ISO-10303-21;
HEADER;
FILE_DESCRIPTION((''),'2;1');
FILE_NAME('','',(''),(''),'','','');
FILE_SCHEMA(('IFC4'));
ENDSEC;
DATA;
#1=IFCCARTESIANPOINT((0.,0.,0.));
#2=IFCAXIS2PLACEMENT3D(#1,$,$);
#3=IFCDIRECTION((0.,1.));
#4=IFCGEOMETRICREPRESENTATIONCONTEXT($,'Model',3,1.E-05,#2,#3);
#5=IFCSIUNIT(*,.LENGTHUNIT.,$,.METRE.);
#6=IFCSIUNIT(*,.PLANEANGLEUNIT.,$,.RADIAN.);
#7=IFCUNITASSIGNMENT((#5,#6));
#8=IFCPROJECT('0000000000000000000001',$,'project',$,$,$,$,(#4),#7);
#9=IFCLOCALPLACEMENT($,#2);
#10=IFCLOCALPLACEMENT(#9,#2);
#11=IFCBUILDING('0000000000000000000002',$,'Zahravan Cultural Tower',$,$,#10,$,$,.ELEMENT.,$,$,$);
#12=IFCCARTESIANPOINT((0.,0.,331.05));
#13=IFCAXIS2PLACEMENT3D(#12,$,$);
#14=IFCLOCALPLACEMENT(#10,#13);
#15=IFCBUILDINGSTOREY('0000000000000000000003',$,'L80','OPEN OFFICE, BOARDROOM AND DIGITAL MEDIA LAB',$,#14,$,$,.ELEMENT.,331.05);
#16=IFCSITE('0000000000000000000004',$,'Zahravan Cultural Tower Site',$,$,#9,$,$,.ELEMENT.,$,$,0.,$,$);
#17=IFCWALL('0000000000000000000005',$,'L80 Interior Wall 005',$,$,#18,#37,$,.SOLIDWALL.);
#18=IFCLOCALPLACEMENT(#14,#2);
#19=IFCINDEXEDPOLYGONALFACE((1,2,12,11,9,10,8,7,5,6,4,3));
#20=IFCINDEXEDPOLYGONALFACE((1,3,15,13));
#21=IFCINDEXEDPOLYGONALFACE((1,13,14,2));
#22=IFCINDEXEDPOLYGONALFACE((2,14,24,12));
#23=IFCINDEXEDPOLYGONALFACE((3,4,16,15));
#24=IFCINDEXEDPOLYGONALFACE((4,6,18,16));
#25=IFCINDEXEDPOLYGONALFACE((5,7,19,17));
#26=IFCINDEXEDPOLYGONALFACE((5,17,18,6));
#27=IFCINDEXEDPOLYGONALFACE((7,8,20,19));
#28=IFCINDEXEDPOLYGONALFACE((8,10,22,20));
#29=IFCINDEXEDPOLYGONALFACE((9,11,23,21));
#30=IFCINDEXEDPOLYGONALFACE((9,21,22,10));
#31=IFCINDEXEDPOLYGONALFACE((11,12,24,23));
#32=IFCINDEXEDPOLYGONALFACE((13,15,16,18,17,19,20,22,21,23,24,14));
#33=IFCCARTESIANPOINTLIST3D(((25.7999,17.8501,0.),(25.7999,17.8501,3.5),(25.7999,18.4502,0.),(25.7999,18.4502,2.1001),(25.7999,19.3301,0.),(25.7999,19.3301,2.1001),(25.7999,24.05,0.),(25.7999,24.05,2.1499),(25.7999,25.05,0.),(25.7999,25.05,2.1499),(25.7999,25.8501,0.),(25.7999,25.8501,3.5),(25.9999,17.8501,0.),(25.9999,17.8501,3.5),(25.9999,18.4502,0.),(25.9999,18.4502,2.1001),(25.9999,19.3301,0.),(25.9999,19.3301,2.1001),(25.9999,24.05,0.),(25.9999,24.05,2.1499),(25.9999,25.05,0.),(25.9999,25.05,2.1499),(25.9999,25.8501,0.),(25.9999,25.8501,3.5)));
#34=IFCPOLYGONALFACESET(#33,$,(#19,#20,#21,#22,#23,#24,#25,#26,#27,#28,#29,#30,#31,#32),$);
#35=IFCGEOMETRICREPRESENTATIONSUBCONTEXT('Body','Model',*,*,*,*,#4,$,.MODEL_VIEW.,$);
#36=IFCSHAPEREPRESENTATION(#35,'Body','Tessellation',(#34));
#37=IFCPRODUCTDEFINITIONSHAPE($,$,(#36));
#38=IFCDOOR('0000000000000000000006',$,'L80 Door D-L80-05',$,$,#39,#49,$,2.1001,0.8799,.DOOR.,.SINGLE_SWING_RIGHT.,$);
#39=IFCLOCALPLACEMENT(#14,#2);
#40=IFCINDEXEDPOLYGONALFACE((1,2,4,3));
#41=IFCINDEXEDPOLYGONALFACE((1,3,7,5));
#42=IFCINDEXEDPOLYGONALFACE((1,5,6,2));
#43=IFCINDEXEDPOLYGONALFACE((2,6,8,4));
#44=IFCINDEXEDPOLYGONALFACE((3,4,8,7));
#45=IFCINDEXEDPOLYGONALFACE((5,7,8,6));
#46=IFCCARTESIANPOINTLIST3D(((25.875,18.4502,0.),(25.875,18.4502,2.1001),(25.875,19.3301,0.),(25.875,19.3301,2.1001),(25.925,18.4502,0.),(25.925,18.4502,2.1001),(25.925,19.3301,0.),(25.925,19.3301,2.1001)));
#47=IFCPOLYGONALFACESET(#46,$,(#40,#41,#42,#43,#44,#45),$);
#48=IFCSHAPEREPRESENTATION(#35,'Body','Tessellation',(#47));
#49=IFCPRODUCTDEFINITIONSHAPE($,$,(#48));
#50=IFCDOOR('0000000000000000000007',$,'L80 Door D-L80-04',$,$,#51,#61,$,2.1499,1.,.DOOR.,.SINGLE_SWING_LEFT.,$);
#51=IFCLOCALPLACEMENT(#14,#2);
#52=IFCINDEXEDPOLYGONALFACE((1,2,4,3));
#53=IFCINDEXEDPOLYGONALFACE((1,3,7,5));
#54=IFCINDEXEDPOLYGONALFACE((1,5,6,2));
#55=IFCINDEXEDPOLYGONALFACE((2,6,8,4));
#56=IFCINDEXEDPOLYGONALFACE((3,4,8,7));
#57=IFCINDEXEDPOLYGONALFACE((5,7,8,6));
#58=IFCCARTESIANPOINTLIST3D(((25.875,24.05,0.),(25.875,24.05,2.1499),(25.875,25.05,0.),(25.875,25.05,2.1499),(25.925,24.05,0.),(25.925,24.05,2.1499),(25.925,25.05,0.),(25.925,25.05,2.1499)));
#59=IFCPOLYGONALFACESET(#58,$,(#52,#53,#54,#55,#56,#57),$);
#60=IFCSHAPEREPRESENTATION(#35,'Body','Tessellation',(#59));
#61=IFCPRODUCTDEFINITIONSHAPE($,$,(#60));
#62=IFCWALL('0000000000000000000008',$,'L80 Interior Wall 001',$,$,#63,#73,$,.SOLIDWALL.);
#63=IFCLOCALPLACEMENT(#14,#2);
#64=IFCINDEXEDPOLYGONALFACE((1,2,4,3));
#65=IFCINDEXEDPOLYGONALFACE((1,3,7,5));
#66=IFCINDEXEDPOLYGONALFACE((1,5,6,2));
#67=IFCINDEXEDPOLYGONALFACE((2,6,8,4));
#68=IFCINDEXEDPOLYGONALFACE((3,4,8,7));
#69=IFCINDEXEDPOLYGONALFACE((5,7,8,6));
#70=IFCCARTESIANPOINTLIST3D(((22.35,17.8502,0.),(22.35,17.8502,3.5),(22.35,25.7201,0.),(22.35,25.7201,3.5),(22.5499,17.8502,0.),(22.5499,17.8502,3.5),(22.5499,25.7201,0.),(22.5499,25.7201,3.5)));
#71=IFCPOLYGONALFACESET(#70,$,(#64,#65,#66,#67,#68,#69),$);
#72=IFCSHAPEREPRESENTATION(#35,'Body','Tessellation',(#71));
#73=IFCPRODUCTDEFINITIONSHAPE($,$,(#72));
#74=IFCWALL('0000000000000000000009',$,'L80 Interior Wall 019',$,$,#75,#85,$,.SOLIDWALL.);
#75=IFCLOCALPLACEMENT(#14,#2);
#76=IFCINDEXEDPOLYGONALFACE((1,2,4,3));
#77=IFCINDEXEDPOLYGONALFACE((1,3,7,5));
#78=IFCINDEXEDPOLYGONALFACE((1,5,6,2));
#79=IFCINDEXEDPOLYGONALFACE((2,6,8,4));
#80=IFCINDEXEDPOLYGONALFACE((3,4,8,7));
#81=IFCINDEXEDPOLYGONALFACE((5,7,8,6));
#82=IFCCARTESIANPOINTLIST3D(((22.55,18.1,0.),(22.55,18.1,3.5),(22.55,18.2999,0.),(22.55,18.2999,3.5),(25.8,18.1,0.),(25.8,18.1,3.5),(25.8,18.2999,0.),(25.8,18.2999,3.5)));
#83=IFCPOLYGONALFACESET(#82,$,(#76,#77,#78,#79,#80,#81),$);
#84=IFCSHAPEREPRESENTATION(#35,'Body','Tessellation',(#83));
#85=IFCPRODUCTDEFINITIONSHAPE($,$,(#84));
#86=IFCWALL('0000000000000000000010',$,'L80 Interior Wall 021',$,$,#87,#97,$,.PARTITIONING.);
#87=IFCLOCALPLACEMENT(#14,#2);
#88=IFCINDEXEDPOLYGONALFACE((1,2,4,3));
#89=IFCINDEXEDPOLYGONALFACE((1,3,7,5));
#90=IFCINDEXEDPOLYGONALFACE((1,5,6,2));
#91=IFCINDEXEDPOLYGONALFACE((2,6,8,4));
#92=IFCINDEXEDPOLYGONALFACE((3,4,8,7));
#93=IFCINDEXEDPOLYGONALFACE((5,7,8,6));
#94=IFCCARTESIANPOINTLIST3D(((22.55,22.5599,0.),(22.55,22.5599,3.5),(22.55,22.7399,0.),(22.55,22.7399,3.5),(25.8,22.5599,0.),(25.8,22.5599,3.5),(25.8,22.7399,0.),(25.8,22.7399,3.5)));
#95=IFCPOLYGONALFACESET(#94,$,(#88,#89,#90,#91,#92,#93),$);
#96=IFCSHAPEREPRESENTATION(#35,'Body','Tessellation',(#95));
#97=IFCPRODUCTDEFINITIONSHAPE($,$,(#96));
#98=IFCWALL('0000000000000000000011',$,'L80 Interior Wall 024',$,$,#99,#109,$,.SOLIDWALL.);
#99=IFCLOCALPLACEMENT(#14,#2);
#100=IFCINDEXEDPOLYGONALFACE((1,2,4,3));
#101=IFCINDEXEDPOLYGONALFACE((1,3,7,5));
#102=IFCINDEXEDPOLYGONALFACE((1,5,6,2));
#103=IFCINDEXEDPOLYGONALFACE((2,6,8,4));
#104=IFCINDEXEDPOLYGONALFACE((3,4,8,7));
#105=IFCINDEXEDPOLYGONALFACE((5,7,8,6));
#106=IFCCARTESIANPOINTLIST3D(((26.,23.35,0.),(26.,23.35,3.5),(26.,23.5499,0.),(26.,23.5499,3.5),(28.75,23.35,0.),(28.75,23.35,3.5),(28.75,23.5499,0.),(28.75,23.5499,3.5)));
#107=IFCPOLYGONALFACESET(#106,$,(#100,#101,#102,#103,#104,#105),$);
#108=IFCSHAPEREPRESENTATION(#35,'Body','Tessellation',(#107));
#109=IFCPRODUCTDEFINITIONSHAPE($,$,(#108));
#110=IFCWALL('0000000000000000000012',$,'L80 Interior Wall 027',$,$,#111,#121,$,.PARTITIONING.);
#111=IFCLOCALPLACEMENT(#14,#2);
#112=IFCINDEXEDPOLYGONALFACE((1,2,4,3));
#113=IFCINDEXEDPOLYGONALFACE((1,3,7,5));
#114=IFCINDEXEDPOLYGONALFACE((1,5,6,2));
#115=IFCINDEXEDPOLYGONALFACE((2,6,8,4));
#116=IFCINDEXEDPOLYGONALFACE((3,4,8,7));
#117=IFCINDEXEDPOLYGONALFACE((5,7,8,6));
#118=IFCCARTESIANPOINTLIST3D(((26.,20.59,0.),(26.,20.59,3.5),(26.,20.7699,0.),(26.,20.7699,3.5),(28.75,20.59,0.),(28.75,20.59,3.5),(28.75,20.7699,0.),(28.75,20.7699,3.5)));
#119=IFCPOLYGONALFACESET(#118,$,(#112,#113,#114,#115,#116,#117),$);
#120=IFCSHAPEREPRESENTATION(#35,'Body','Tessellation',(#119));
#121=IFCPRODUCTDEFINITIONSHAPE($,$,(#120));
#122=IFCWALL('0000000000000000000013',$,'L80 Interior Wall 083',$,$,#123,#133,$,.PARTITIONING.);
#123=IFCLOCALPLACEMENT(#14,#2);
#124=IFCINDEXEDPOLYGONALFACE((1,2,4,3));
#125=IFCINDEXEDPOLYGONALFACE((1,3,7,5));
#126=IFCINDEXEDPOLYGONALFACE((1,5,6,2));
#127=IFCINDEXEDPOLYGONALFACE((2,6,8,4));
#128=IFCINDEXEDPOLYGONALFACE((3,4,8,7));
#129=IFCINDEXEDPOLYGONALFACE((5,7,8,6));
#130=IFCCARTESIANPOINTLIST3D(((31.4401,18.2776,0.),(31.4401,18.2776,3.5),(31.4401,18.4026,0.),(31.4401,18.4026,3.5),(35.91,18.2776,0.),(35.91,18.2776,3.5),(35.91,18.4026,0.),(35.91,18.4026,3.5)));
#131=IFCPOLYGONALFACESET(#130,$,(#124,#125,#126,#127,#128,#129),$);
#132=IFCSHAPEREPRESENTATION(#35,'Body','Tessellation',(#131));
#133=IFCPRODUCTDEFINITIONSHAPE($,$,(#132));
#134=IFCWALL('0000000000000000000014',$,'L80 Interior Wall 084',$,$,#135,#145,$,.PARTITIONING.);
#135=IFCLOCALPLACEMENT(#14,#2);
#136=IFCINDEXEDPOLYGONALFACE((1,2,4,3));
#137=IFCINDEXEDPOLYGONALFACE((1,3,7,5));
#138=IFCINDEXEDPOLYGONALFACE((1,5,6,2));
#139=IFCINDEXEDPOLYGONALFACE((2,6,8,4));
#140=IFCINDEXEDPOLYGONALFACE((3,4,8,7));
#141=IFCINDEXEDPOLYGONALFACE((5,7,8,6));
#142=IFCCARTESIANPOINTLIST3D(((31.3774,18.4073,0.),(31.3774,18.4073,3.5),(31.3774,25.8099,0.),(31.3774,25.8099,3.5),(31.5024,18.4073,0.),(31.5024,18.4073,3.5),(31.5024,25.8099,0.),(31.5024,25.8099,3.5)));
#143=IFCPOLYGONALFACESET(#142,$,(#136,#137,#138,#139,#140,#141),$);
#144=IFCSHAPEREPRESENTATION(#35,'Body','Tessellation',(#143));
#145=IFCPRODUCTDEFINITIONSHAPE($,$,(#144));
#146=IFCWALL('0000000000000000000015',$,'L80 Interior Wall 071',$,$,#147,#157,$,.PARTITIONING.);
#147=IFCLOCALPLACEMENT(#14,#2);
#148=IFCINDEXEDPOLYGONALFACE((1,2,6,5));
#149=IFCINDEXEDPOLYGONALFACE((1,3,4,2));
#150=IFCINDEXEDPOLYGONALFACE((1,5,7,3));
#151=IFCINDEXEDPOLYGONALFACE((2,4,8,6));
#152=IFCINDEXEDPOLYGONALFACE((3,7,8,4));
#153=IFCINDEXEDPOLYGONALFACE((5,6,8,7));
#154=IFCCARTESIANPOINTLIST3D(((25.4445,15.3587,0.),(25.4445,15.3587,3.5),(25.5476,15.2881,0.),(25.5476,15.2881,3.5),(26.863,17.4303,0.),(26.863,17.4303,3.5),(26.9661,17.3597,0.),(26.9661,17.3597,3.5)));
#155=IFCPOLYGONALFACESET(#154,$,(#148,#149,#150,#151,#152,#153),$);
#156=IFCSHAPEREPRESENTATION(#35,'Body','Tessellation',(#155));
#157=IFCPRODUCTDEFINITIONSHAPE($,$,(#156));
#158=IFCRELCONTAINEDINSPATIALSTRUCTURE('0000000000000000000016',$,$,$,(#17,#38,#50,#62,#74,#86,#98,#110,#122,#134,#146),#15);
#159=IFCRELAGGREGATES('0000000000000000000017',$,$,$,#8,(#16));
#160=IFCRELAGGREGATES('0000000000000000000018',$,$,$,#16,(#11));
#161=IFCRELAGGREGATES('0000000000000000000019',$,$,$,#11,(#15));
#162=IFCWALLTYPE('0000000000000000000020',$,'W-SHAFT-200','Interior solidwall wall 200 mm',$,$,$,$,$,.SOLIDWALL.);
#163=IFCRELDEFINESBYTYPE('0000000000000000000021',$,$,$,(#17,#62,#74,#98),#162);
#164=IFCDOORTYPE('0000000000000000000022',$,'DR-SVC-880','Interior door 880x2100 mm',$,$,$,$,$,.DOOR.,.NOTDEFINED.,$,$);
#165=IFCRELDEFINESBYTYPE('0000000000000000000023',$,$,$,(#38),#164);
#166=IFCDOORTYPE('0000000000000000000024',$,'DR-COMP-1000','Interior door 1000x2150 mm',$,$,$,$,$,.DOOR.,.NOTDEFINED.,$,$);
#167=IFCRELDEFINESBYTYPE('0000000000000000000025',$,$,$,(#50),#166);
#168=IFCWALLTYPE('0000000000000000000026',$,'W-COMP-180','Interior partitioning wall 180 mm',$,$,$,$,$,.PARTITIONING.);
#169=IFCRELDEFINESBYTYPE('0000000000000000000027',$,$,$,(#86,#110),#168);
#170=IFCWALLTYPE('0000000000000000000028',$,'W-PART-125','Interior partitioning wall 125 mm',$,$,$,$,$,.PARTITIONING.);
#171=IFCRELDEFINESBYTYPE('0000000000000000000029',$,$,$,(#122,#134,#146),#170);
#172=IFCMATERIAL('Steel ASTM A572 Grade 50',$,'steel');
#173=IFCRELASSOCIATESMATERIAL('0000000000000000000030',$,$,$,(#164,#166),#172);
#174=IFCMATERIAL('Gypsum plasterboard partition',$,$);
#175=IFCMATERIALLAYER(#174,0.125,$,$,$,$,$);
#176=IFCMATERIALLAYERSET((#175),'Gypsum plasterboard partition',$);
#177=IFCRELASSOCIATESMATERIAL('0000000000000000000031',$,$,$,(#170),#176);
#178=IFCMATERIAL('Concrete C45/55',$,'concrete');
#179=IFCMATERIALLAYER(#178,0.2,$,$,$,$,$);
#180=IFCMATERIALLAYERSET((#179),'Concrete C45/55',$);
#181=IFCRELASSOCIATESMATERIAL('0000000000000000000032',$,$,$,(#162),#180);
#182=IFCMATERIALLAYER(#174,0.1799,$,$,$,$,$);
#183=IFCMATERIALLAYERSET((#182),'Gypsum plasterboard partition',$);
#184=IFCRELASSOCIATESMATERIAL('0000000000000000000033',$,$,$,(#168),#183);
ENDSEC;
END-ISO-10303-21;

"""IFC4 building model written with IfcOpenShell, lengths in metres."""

from ifc_helpers import new_model, si_unit, direction, frame, frame_2d, origin, place, context, subcontext, project, spatial, rectangle, extrude, source, transform, mapped, material, layer, layer_set, type_object, element, fill, save


model = new_model("IFC4")

# Units and contexts
model_context = context("Model", 3, precision=1e-05, world=origin(), true_north=direction((0.0, 1.0)))
body_context = subcontext(model_context, "Body", "Model", "MODEL_VIEW")
ifc_project = project(units=[si_unit("LENGTHUNIT", "METRE"), si_unit("PLANEANGLEUNIT", "RADIAN")], contexts=[model_context])

# Site, building, storey
site_placement = place(None, origin())
site = spatial("IfcSite", under=ifc_project, at=site_placement, Name="Zahravan Cultural Tower Site", CompositionType="ELEMENT", RefElevation=0.0)
building_placement = place(site_placement, origin())
building = spatial("IfcBuilding", under=site, at=building_placement, Name="Zahravan Cultural Tower", CompositionType="ELEMENT")
storey_placement = place(building_placement, frame((0.0, 0.0, 331.05)))
storey = spatial("IfcBuildingStorey", under=building, at=storey_placement, Name="L80", Description="OPEN OFFICE, BOARDROOM AND DIGITAL MEDIA LAB", CompositionType="ELEMENT", Elevation=331.05)

# Shared definitions
ifc_material_1 = material(Name="Steel ASTM A572 Grade 50", Category="steel")
door_type_1 = type_object("IfcDoorType", Name="DR-SVC-880", Description="Interior door 880x2100 mm", OperationType="NOTDEFINED", PredefinedType="DOOR", material=ifc_material_1)
shared_shape_1 = source(origin(), body_context, "Body", "SweptSolid", [
    extrude(rectangle(XDim=0.8799, YDim=2.1001, at=frame_2d((0.4399, 1.05))), frame((0.0, 0.0249, 0.0), z_axis=(0.0, -1.0, 0.0), x_axis=(1.0, 0.0, 0.0)), (0.0, 0.0, 1.0), 0.05),
])

# Shared definitions
ifc_material_2 = material(Name="Gypsum plasterboard partition")
ifc_layer_1 = layer(ifc_material_2, 0.125)
ifc_layer_set_1 = layer_set([ifc_layer_1], Name="Gypsum plasterboard partition")
wall_type_1 = type_object("IfcWallType", Name="W-PART-125", Description="Interior partitioning wall 125 mm", PredefinedType="PARTITIONING", material=ifc_layer_set_1)

# Wall, openings, doors
ifc_material_3 = material(Name="Concrete C45/55", Category="concrete")
ifc_layer_2 = layer(ifc_material_3, 0.2)
ifc_layer_set_2 = layer_set([ifc_layer_2], Name="Concrete C45/55")
wall_type_2 = type_object("IfcWallType", Name="W-SHAFT-200", Description="Interior solidwall wall 200 mm", PredefinedType="SOLIDWALL", material=ifc_layer_set_2)
wall_1_placement = place(storey_placement, frame((25.8999, 17.8501, 0.0), z_axis=(0.0, 0.0, 1.0), x_axis=(0.0, 1.0, 0.0)))
wall_1 = element("IfcWall", 1, at=wall_1_placement, inside=storey, type_object=wall_type_2, Name="L80 Interior Wall 005", PredefinedType="SOLIDWALL", context=body_context, shape_type="SweptSolid", body=[
    extrude(rectangle(XDim=8.0, YDim=0.2, at=frame_2d((4.0, 0.0))), origin(), (0.0, 0.0, 1.0), 3.5),
])
opening_1_placement = place(wall_1_placement, frame((6.2, 0.0, 0.0)))
opening_1 = element("IfcOpeningElement", 2, at=opening_1_placement, cuts=wall_1, PredefinedType="OPENING", context=body_context, shape_type="SweptSolid", body=[
    extrude(rectangle(XDim=1.0, YDim=2.1499, at=frame_2d((0.5, 1.075))), frame((0.0, 0.1099, 0.0), z_axis=(0.0, -1.0, 0.0), x_axis=(1.0, 0.0, 0.0)), (0.0, 0.0, 1.0), 0.22),
])
opening_2_placement = place(wall_1_placement, frame((0.6001, 0.0, 0.0)))
opening_2 = element("IfcOpeningElement", 3, at=opening_2_placement, cuts=wall_1, PredefinedType="OPENING", context=body_context, shape_type="SweptSolid", body=[
    extrude(rectangle(XDim=0.8799, YDim=2.1001, at=frame_2d((0.4399, 1.05))), frame((0.0, 0.1099, 0.0), z_axis=(0.0, -1.0, 0.0), x_axis=(1.0, 0.0, 0.0)), (0.0, 0.0, 1.0), 0.22),
])
door_1_placement = place(opening_2_placement, origin())
door_1 = element("IfcDoor", 4, at=door_1_placement, inside=storey, type_object=door_type_1, Name="L80 Door D-L80-05", OperationType="SINGLE_SWING_RIGHT", OverallHeight=2.1001, OverallWidth=0.8799, PredefinedType="DOOR", context=body_context, shape_type="MappedRepresentation", body=[
    mapped(shared_shape_1, transform((0.0, 0.0, 0.0), x_axis=(1.0, 0.0, 0.0), y_axis=(0.0, 1.0, 0.0), z_axis=(0.0, 0.0, 1.0), scale=1.0)),
])
fill(opening_2, door_1)
door_type_2 = type_object("IfcDoorType", Name="DR-COMP-1000", Description="Interior door 1000x2150 mm", OperationType="NOTDEFINED", PredefinedType="DOOR", material=ifc_material_1)
shared_shape_2 = source(origin(), body_context, "Body", "SweptSolid", [
    extrude(rectangle(XDim=1.0, YDim=2.1499, at=frame_2d((0.5, 1.075))), frame((0.0, 0.0249, 0.0), z_axis=(0.0, -1.0, 0.0), x_axis=(1.0, 0.0, 0.0)), (0.0, 0.0, 1.0), 0.05),
])
door_2_placement = place(opening_1_placement, origin())
door_2 = element("IfcDoor", 5, at=door_2_placement, inside=storey, type_object=door_type_2, Name="L80 Door D-L80-04", OperationType="SINGLE_SWING_LEFT", OverallHeight=2.1499, OverallWidth=1.0, PredefinedType="DOOR", context=body_context, shape_type="MappedRepresentation", body=[
    mapped(shared_shape_2, transform((0.0, 0.0, 0.0), x_axis=(1.0, 0.0, 0.0), y_axis=(0.0, 1.0, 0.0), z_axis=(0.0, 0.0, 1.0), scale=1.0)),
])
fill(opening_1, door_2)

# Walls
shared_shape_3 = source(origin(), body_context, "Body", "SweptSolid", [
    extrude(rectangle(XDim=7.8699, YDim=0.2, at=frame_2d((3.9351, 0.0))), origin(), (0.0, 0.0, 1.0), 3.5),
])
wall_2_placement = place(storey_placement, frame((22.45, 17.8501, 0.0), z_axis=(0.0, 0.0, 1.0), x_axis=(0.0, 1.0, 0.0)))
element("IfcWall", 6, at=wall_2_placement, inside=storey, type_object=wall_type_2, Name="L80 Interior Wall 001", PredefinedType="SOLIDWALL", context=body_context, shape_type="MappedRepresentation", body=[
    mapped(shared_shape_3, transform((0.0, 0.0, 0.0), x_axis=(1.0, 0.0, 0.0), y_axis=(0.0, 1.0, 0.0), z_axis=(0.0, 0.0, 1.0), scale=1.0)),
])
shared_shape_4 = source(origin(), body_context, "Body", "SweptSolid", [
    extrude(rectangle(XDim=3.25, YDim=0.2, at=frame_2d((1.625, 0.0))), origin(), (0.0, 0.0, 1.0), 3.5),
])
wall_3_placement = place(storey_placement, frame((22.55, 18.2, 0.0), z_axis=(0.0, 0.0, 1.0), x_axis=(1.0, 0.0, 0.0)))
element("IfcWall", 7, at=wall_3_placement, inside=storey, type_object=wall_type_2, Name="L80 Interior Wall 019", PredefinedType="SOLIDWALL", context=body_context, shape_type="MappedRepresentation", body=[
    mapped(shared_shape_4, transform((0.0, 0.0, 0.0), x_axis=(1.0, 0.0, 0.0), y_axis=(0.0, 1.0, 0.0), z_axis=(0.0, 0.0, 1.0), scale=1.0)),
])
ifc_layer_3 = layer(ifc_material_2, 0.1799)
ifc_layer_set_3 = layer_set([ifc_layer_3], Name="Gypsum plasterboard partition")
wall_type_3 = type_object("IfcWallType", Name="W-COMP-180", Description="Interior partitioning wall 180 mm", PredefinedType="PARTITIONING", material=ifc_layer_set_3)
shared_shape_5 = source(origin(), body_context, "Body", "SweptSolid", [
    extrude(rectangle(XDim=3.25, YDim=0.1799, at=frame_2d((1.625, 0.0))), origin(), (0.0, 0.0, 1.0), 3.5),
])
wall_4_placement = place(storey_placement, frame((22.55, 22.6499, 0.0), z_axis=(0.0, 0.0, 1.0), x_axis=(1.0, 0.0, 0.0)))
element("IfcWall", 8, at=wall_4_placement, inside=storey, type_object=wall_type_3, Name="L80 Interior Wall 021", PredefinedType="PARTITIONING", context=body_context, shape_type="MappedRepresentation", body=[
    mapped(shared_shape_5, transform((0.0, 0.0, 0.0), x_axis=(1.0, 0.0, 0.0), y_axis=(0.0, 1.0, 0.0), z_axis=(0.0, 0.0, 1.0), scale=1.0)),
])
shared_shape_6 = source(origin(), body_context, "Body", "SweptSolid", [
    extrude(rectangle(XDim=2.75, YDim=0.2, at=frame_2d((1.375, 0.0))), origin(), (0.0, 0.0, 1.0), 3.5),
])
wall_5_placement = place(storey_placement, frame((26.0, 23.45, 0.0), z_axis=(0.0, 0.0, 1.0), x_axis=(1.0, 0.0, 0.0)))
element("IfcWall", 9, at=wall_5_placement, inside=storey, type_object=wall_type_2, Name="L80 Interior Wall 024", PredefinedType="SOLIDWALL", context=body_context, shape_type="MappedRepresentation", body=[
    mapped(shared_shape_6, transform((0.0, 0.0, 0.0), x_axis=(1.0, 0.0, 0.0), y_axis=(0.0, 1.0, 0.0), z_axis=(0.0, 0.0, 1.0), scale=1.0)),
])
shared_shape_7 = source(origin(), body_context, "Body", "SweptSolid", [
    extrude(rectangle(XDim=2.75, YDim=0.1799, at=frame_2d((1.375, 0.0))), origin(), (0.0, 0.0, 1.0), 3.5),
])
wall_6_placement = place(storey_placement, frame((26.0, 20.6799, 0.0), z_axis=(0.0, 0.0, 1.0), x_axis=(1.0, 0.0, 0.0)))
element("IfcWall", 10, at=wall_6_placement, inside=storey, type_object=wall_type_3, Name="L80 Interior Wall 027", PredefinedType="PARTITIONING", context=body_context, shape_type="MappedRepresentation", body=[
    mapped(shared_shape_7, transform((0.0, 0.0, 0.0), x_axis=(1.0, 0.0, 0.0), y_axis=(0.0, 1.0, 0.0), z_axis=(0.0, 0.0, 1.0), scale=1.0)),
])
shared_shape_8 = source(origin(), body_context, "Body", "SweptSolid", [
    extrude(rectangle(XDim=4.47, YDim=0.125, at=frame_2d((2.2349, 0.0))), origin(), (0.0, 0.0, 1.0), 3.5),
])
wall_7_placement = place(storey_placement, frame((35.9099, 18.3401, 0.0), z_axis=(0.0, 0.0, 1.0), x_axis=(-1.0, 0.0, 0.0)))
element("IfcWall", 11, at=wall_7_placement, inside=storey, type_object=wall_type_1, Name="L80 Interior Wall 083", PredefinedType="PARTITIONING", context=body_context, shape_type="MappedRepresentation", body=[
    mapped(shared_shape_8, transform((0.0, 0.0, 0.0), x_axis=(1.0, 0.0, 0.0), y_axis=(0.0, 1.0, 0.0), z_axis=(0.0, 0.0, 1.0), scale=1.0)),
])
shared_shape_9 = source(origin(), body_context, "Body", "SweptSolid", [
    extrude(rectangle(XDim=7.4026, YDim=0.125, at=frame_2d((3.7012, 0.0))), origin(), (0.0, 0.0, 1.0), 3.5),
])
wall_8_placement = place(storey_placement, frame((31.4399, 18.4075, 0.0), z_axis=(0.0, 0.0, 1.0), x_axis=(0.0, 1.0, 0.0)))
element("IfcWall", 12, at=wall_8_placement, inside=storey, type_object=wall_type_1, Name="L80 Interior Wall 084", PredefinedType="PARTITIONING", context=body_context, shape_type="MappedRepresentation", body=[
    mapped(shared_shape_9, transform((0.0, 0.0, 0.0), x_axis=(1.0, 0.0, 0.0), y_axis=(0.0, 1.0, 0.0), z_axis=(0.0, 0.0, 1.0), scale=1.0)),
])
shared_shape_10 = source(origin(), body_context, "Body", "SweptSolid", [
    extrude(rectangle(XDim=2.5107, YDim=0.125, at=frame_2d((1.2554, 0.0))), origin(), (0.0, 0.0, 1.0), 3.5),
])
wall_9_placement = place(storey_placement, frame((26.9146, 17.395, 0.0), z_axis=(0.0, 0.0, 1.0), x_axis=(-0.56498, -0.825104, 0.0)))
element("IfcWall", 13, at=wall_9_placement, inside=storey, type_object=wall_type_1, Name="L80 Interior Wall 071", PredefinedType="PARTITIONING", context=body_context, shape_type="MappedRepresentation", body=[
    mapped(shared_shape_10, transform((0.0, 0.0, 0.0), x_axis=(1.0, 0.0, 0.0), y_axis=(0.0, 1.0, 0.0), z_axis=(0.0, 0.0, 1.0), scale=1.0)),
])

save(model, "model.ifc")
